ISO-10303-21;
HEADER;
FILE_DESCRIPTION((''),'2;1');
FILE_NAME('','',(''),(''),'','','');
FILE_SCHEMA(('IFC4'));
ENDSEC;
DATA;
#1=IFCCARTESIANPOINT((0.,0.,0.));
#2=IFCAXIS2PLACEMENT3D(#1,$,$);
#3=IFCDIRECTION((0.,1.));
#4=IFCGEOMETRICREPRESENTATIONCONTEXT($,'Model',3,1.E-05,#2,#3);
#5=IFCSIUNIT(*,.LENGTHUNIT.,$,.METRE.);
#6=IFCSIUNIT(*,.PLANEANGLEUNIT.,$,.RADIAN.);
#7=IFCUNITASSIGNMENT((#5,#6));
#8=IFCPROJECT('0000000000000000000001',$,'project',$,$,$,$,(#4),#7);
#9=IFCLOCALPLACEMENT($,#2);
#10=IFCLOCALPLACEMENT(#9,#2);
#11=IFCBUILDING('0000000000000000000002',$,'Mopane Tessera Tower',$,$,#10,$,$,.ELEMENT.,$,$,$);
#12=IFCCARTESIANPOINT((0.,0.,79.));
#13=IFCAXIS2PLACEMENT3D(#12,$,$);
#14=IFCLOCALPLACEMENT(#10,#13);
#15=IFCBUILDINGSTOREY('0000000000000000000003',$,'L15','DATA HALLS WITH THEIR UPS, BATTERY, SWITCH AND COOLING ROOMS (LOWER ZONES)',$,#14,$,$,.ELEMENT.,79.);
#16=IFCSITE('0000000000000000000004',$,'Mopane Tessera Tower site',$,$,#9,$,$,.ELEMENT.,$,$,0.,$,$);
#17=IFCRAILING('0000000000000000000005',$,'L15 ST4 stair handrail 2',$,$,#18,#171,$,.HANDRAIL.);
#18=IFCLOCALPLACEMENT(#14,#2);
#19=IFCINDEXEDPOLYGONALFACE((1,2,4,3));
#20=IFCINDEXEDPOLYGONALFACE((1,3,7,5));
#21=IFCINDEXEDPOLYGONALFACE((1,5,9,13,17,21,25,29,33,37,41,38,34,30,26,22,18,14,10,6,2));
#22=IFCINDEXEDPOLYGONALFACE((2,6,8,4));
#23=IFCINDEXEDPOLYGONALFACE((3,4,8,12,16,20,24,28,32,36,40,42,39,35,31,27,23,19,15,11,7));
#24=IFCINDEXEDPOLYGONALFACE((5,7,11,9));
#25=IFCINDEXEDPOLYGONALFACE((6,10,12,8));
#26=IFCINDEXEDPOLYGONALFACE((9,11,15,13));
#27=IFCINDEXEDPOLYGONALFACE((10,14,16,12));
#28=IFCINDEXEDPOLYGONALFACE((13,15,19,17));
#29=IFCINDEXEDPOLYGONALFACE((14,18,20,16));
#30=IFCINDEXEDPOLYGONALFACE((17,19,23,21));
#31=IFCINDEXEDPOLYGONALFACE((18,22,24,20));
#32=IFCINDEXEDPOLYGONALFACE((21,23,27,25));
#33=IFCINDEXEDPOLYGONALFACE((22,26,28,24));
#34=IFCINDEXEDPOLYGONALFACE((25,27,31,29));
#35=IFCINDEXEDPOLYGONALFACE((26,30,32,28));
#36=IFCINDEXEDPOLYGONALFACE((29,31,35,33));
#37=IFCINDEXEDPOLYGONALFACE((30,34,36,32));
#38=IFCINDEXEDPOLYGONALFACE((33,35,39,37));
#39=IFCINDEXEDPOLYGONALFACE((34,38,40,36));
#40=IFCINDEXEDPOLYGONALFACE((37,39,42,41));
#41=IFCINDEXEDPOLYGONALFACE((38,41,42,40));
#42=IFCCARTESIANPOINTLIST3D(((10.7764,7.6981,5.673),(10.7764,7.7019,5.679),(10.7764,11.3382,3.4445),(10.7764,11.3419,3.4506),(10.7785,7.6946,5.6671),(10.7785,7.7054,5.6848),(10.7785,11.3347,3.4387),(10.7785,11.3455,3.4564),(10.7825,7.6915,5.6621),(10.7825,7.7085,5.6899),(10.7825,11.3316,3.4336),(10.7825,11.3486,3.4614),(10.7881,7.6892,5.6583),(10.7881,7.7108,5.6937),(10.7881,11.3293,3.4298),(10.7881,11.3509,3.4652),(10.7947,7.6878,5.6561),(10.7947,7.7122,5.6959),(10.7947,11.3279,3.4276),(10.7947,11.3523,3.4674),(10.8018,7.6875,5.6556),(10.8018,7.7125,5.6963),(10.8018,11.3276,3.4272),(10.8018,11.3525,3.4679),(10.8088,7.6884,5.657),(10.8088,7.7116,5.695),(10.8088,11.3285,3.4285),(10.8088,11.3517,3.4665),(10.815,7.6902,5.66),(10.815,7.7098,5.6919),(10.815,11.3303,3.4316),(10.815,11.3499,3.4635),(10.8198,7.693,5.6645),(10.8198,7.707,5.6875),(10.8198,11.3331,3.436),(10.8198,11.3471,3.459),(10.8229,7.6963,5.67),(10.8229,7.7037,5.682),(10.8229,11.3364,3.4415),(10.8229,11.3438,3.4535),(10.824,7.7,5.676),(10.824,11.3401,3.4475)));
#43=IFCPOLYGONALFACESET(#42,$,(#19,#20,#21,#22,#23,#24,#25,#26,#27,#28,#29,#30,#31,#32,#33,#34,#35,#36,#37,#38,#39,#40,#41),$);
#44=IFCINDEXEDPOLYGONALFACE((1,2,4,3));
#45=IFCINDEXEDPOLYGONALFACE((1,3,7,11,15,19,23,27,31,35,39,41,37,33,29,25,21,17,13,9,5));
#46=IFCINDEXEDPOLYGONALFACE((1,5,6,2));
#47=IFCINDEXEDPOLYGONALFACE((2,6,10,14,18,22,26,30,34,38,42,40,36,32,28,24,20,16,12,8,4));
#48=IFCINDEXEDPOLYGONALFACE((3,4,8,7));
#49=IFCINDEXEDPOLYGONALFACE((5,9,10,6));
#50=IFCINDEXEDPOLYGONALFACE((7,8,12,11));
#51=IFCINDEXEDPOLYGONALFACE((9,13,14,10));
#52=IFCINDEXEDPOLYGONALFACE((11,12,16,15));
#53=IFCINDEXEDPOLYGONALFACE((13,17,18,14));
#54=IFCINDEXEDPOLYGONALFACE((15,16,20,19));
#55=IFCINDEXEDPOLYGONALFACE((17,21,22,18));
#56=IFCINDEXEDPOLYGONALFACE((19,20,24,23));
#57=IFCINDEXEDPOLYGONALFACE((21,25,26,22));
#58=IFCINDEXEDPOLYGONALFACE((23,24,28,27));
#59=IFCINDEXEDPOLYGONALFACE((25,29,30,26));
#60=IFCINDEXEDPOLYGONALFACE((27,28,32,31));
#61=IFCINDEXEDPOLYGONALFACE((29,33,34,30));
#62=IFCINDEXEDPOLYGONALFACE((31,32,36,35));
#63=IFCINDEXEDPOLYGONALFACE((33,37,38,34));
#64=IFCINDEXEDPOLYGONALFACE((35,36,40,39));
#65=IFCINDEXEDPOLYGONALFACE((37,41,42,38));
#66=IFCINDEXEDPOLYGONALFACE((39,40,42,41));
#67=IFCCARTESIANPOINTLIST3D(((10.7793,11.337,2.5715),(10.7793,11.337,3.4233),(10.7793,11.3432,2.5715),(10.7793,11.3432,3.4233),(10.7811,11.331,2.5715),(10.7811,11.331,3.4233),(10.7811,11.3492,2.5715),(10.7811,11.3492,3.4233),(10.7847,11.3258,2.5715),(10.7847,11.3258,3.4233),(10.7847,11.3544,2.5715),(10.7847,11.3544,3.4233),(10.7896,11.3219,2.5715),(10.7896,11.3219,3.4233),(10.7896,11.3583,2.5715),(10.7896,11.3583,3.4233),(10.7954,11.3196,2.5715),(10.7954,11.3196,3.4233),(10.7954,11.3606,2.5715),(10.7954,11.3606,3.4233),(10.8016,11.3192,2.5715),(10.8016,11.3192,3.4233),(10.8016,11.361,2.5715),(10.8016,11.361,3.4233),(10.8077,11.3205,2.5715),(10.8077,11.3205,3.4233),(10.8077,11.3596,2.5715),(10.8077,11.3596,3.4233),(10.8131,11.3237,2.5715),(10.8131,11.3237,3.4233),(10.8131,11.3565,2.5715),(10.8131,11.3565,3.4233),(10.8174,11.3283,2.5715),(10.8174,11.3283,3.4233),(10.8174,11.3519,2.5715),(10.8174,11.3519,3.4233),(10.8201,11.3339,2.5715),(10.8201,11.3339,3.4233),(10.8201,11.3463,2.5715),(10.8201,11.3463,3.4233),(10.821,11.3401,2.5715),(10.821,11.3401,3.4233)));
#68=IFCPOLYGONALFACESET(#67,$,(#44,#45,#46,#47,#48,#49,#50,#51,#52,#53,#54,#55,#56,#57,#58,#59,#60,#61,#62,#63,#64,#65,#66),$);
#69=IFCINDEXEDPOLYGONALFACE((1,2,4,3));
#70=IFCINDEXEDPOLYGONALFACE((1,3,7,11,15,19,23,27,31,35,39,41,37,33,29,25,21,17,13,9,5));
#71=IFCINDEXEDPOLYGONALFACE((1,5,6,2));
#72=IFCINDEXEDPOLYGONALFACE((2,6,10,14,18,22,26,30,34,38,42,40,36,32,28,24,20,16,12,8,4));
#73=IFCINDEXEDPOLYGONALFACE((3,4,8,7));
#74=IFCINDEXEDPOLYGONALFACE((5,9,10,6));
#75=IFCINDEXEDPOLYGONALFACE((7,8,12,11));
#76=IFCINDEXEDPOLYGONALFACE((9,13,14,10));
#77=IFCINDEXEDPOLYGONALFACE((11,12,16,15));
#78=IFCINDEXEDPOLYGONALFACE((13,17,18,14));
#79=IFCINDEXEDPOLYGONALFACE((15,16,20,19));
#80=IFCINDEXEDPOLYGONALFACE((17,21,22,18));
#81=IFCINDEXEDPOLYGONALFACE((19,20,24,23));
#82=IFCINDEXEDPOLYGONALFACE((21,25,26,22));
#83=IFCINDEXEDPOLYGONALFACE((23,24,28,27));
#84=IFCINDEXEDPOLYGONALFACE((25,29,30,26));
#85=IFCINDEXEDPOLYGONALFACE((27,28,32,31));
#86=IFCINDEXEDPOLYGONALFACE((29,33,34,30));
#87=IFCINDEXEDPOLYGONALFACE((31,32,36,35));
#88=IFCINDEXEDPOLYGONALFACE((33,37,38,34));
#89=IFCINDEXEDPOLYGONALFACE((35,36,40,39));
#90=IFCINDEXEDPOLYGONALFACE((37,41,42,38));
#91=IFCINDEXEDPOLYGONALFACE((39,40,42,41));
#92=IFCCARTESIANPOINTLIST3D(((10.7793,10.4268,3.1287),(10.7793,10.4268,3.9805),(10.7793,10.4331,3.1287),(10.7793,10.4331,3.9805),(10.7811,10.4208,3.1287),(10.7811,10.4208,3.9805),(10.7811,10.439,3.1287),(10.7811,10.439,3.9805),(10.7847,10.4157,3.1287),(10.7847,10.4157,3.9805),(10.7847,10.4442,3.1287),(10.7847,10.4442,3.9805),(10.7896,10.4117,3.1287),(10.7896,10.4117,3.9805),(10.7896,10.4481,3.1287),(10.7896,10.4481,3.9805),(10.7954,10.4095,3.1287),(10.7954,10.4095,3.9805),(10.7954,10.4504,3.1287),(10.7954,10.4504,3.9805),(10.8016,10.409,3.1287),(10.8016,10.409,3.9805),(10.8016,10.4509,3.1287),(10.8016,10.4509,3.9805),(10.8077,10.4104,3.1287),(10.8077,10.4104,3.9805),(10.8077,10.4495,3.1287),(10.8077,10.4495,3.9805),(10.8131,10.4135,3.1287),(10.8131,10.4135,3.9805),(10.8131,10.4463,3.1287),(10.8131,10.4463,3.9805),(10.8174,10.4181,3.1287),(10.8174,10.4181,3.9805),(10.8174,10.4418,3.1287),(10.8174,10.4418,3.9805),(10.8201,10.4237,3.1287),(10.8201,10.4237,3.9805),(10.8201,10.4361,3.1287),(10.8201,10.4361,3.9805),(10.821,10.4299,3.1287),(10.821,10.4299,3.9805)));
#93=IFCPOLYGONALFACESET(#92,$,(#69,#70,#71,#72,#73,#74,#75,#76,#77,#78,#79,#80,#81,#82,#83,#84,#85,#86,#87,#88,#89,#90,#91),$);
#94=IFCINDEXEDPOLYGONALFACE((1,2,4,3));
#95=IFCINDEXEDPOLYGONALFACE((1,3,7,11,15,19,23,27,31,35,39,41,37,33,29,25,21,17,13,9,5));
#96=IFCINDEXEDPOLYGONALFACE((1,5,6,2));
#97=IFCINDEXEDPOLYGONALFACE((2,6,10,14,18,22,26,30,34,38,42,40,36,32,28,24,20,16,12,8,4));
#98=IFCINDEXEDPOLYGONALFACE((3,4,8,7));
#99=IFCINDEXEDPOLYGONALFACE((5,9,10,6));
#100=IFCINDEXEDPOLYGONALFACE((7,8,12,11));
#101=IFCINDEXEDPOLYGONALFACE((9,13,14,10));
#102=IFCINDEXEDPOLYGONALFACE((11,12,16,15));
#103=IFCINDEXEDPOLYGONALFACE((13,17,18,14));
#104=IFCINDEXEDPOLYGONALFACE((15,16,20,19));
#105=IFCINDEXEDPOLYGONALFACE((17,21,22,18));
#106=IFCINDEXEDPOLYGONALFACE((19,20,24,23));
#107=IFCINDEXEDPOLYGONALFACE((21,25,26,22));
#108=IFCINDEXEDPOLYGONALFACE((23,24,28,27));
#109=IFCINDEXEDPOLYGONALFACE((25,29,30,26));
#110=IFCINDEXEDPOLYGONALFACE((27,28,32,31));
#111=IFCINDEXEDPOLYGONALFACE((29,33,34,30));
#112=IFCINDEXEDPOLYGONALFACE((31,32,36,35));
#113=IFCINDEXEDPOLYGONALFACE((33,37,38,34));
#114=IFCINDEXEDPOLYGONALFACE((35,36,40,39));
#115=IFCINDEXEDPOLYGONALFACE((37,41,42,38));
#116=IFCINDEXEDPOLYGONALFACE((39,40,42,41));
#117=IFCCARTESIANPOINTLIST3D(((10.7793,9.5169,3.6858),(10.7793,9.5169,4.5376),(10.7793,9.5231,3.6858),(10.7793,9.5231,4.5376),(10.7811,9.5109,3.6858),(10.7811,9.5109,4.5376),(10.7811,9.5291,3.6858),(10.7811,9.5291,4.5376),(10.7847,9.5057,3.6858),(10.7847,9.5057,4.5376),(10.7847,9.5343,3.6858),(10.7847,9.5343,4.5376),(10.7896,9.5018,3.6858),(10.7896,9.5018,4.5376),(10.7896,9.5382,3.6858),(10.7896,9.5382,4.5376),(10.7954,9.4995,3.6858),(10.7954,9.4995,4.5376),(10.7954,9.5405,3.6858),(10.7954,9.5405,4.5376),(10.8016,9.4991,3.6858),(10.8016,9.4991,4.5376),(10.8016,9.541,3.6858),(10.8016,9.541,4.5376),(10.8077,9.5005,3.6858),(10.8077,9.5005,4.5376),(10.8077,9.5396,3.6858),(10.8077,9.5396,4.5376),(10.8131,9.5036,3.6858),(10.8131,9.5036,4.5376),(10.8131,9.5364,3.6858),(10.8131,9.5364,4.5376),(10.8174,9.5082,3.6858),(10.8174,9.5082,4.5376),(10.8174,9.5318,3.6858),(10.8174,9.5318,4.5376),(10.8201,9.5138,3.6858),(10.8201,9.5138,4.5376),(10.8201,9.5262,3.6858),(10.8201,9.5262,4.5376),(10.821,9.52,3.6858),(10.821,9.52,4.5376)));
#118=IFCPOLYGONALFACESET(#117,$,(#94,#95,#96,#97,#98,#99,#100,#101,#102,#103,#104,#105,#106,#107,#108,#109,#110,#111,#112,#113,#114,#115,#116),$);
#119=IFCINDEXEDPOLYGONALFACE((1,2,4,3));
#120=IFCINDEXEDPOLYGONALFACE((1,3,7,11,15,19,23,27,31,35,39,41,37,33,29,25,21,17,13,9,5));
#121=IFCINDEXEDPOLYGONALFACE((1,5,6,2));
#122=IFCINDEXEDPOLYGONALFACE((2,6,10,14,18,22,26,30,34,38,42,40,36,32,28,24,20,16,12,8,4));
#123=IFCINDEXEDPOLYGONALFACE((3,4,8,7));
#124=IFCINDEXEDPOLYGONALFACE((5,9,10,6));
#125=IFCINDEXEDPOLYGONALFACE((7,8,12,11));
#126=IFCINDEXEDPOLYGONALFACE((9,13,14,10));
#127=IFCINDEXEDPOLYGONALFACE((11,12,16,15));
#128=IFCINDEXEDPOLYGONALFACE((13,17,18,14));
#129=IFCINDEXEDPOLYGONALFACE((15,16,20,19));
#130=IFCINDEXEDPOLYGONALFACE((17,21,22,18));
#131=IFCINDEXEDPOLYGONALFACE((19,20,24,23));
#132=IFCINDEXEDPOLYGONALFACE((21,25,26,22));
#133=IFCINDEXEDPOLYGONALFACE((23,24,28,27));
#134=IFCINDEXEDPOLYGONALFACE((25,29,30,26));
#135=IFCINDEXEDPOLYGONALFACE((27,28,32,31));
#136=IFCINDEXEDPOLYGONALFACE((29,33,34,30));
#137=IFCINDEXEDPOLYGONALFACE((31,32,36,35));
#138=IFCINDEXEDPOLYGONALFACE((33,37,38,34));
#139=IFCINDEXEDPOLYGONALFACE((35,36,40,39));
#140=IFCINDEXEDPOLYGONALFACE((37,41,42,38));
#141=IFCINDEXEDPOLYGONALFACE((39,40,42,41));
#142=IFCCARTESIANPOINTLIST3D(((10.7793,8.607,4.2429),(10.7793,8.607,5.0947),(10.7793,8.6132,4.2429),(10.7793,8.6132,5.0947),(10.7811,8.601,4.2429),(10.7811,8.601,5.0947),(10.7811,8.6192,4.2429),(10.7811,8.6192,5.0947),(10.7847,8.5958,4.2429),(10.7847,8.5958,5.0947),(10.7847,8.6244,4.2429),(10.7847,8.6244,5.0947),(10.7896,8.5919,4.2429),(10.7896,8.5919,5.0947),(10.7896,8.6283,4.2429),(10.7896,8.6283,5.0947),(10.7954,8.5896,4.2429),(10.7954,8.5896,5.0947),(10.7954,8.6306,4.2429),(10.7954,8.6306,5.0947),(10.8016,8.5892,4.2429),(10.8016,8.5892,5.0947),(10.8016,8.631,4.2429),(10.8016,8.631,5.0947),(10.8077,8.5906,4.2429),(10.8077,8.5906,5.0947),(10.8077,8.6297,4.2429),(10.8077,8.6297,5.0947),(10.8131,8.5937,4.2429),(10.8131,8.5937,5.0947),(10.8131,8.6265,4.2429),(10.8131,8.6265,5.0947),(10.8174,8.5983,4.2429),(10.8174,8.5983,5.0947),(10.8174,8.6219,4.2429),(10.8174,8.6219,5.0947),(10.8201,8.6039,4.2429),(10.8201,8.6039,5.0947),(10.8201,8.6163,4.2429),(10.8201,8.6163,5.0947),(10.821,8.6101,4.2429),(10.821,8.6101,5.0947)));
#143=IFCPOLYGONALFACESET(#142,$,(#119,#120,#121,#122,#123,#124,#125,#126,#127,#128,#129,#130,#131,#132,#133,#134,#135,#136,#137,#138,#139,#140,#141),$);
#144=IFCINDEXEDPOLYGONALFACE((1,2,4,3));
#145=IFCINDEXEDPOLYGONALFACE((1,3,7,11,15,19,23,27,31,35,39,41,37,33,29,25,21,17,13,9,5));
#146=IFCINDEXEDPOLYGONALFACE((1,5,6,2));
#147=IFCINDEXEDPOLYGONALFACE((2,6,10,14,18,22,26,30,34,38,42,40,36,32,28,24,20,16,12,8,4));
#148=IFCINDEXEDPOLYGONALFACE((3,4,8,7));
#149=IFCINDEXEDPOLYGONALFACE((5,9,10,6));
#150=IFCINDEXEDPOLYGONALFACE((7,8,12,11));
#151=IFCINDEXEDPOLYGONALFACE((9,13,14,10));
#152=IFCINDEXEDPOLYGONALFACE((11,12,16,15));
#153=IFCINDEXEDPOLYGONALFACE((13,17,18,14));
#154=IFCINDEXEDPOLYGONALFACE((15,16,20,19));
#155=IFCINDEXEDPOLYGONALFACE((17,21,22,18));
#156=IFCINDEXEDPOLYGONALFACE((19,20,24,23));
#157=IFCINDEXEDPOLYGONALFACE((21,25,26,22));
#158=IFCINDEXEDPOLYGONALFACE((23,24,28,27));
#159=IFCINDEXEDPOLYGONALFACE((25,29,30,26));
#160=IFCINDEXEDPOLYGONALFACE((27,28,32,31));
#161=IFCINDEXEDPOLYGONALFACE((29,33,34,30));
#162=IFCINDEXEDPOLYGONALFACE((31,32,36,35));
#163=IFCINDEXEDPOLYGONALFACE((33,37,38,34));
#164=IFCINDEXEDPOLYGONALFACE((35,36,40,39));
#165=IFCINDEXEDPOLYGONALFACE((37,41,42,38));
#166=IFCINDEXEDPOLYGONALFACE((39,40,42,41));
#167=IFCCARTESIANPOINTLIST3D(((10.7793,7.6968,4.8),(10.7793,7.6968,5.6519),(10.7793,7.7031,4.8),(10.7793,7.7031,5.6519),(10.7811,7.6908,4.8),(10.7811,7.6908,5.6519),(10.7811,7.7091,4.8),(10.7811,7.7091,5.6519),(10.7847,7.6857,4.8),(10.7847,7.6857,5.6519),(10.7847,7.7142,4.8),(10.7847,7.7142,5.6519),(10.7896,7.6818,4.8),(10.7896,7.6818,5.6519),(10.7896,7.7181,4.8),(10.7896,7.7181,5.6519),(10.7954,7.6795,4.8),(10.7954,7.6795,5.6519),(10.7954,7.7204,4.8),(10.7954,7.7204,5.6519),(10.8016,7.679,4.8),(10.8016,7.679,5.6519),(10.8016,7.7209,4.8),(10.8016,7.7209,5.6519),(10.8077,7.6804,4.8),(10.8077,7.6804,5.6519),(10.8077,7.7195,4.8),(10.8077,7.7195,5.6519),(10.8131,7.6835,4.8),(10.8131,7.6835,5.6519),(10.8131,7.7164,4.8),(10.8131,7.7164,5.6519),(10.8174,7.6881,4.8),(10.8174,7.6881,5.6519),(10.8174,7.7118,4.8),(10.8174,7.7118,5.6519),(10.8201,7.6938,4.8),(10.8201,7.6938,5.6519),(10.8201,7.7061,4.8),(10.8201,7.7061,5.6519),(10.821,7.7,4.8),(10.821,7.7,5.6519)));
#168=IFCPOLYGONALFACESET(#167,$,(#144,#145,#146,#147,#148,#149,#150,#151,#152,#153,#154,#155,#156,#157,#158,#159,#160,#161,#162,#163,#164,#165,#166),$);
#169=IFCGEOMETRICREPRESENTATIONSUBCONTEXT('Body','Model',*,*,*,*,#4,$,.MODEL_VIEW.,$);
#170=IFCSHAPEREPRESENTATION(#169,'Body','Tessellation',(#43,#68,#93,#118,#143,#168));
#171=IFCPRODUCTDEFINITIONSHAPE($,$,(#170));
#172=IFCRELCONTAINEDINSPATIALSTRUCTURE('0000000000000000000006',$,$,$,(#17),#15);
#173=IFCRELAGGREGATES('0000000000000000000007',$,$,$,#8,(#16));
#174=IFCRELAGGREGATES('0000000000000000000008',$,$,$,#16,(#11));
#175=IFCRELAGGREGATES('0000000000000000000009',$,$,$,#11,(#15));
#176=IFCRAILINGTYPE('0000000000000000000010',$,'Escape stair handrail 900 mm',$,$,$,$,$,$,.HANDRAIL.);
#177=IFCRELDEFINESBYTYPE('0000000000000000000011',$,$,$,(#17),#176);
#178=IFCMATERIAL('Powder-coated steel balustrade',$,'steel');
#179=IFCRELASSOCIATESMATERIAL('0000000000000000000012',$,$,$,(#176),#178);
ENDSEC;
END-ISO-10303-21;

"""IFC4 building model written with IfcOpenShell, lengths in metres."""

from ifc_helpers import new_model, si_unit, direction, frame, origin, origin_2d, place, context, subcontext, project, spatial, circle, extrude, material, type_object, element, save


model = new_model("IFC4")

# Units and contexts
model_context = context("Model", 3, precision=1e-05, world=origin(), true_north=direction((0.0, 1.0)))
body_context = subcontext(model_context, "Body", "Model", "MODEL_VIEW")
ifc_project = project(units=[si_unit("LENGTHUNIT", "METRE"), si_unit("PLANEANGLEUNIT", "RADIAN")], contexts=[model_context])

# Site, building, storey
site_placement = place(None, origin())
site = spatial("IfcSite", under=ifc_project, at=site_placement, Name="Mopane Tessera Tower site", CompositionType="ELEMENT", RefElevation=0.0)
building_placement = place(site_placement, origin())
building = spatial("IfcBuilding", under=site, at=building_placement, Name="Mopane Tessera Tower", CompositionType="ELEMENT")
storey_placement = place(building_placement, frame((0.0, 0.0, 79.0)))
storey = spatial("IfcBuildingStorey", under=building, at=storey_placement, Name="L15", Description="DATA HALLS WITH THEIR UPS, BATTERY, SWITCH AND COOLING ROOMS (LOWER ZONES)", CompositionType="ELEMENT", Elevation=79.0)

# Railing
ifc_material_1 = material(Name="Powder-coated steel balustrade", Category="steel")
railing_type_1 = type_object("IfcRailingType", Name="Escape stair handrail 900 mm", PredefinedType="HANDRAIL", material=ifc_material_1)
railing_1_placement = place(storey_placement, frame((10.8, 11.3401, 2.5715)))
element("IfcRailing", 1, at=railing_1_placement, inside=storey, type_object=railing_type_1, Name="L15 ST4 stair handrail 2", PredefinedType="HANDRAIL", context=body_context, shape_type="SweptSolid", body=[
    extrude(circle(Radius=0.0239, at=origin_2d()), frame((0.0, 0.0, 0.876), z_axis=(0.0, -0.852866, 0.52213), x_axis=(1.0, 0.0, 0.0)), (0.0, 0.0, 1.0), 4.2681),
    extrude(circle(Radius=0.021, at=origin_2d()), origin(), (0.0, 0.0, 1.0), 0.8518),
    extrude(circle(Radius=0.021, at=origin_2d()), frame((0.0, -0.9102, 0.5571)), (0.0, 0.0, 1.0), 0.8518),
    extrude(circle(Radius=0.021, at=origin_2d()), frame((0.0, -1.8201, 1.1143)), (0.0, 0.0, 1.0), 0.8518),
    extrude(circle(Radius=0.021, at=origin_2d()), frame((0.0, -2.73, 1.6714)), (0.0, 0.0, 1.0), 0.8518),
    extrude(circle(Radius=0.021, at=origin_2d()), frame((0.0, -3.6401, 2.2285)), (0.0, 0.0, 1.0), 0.8518),
])

save(model, "model.ifc")
